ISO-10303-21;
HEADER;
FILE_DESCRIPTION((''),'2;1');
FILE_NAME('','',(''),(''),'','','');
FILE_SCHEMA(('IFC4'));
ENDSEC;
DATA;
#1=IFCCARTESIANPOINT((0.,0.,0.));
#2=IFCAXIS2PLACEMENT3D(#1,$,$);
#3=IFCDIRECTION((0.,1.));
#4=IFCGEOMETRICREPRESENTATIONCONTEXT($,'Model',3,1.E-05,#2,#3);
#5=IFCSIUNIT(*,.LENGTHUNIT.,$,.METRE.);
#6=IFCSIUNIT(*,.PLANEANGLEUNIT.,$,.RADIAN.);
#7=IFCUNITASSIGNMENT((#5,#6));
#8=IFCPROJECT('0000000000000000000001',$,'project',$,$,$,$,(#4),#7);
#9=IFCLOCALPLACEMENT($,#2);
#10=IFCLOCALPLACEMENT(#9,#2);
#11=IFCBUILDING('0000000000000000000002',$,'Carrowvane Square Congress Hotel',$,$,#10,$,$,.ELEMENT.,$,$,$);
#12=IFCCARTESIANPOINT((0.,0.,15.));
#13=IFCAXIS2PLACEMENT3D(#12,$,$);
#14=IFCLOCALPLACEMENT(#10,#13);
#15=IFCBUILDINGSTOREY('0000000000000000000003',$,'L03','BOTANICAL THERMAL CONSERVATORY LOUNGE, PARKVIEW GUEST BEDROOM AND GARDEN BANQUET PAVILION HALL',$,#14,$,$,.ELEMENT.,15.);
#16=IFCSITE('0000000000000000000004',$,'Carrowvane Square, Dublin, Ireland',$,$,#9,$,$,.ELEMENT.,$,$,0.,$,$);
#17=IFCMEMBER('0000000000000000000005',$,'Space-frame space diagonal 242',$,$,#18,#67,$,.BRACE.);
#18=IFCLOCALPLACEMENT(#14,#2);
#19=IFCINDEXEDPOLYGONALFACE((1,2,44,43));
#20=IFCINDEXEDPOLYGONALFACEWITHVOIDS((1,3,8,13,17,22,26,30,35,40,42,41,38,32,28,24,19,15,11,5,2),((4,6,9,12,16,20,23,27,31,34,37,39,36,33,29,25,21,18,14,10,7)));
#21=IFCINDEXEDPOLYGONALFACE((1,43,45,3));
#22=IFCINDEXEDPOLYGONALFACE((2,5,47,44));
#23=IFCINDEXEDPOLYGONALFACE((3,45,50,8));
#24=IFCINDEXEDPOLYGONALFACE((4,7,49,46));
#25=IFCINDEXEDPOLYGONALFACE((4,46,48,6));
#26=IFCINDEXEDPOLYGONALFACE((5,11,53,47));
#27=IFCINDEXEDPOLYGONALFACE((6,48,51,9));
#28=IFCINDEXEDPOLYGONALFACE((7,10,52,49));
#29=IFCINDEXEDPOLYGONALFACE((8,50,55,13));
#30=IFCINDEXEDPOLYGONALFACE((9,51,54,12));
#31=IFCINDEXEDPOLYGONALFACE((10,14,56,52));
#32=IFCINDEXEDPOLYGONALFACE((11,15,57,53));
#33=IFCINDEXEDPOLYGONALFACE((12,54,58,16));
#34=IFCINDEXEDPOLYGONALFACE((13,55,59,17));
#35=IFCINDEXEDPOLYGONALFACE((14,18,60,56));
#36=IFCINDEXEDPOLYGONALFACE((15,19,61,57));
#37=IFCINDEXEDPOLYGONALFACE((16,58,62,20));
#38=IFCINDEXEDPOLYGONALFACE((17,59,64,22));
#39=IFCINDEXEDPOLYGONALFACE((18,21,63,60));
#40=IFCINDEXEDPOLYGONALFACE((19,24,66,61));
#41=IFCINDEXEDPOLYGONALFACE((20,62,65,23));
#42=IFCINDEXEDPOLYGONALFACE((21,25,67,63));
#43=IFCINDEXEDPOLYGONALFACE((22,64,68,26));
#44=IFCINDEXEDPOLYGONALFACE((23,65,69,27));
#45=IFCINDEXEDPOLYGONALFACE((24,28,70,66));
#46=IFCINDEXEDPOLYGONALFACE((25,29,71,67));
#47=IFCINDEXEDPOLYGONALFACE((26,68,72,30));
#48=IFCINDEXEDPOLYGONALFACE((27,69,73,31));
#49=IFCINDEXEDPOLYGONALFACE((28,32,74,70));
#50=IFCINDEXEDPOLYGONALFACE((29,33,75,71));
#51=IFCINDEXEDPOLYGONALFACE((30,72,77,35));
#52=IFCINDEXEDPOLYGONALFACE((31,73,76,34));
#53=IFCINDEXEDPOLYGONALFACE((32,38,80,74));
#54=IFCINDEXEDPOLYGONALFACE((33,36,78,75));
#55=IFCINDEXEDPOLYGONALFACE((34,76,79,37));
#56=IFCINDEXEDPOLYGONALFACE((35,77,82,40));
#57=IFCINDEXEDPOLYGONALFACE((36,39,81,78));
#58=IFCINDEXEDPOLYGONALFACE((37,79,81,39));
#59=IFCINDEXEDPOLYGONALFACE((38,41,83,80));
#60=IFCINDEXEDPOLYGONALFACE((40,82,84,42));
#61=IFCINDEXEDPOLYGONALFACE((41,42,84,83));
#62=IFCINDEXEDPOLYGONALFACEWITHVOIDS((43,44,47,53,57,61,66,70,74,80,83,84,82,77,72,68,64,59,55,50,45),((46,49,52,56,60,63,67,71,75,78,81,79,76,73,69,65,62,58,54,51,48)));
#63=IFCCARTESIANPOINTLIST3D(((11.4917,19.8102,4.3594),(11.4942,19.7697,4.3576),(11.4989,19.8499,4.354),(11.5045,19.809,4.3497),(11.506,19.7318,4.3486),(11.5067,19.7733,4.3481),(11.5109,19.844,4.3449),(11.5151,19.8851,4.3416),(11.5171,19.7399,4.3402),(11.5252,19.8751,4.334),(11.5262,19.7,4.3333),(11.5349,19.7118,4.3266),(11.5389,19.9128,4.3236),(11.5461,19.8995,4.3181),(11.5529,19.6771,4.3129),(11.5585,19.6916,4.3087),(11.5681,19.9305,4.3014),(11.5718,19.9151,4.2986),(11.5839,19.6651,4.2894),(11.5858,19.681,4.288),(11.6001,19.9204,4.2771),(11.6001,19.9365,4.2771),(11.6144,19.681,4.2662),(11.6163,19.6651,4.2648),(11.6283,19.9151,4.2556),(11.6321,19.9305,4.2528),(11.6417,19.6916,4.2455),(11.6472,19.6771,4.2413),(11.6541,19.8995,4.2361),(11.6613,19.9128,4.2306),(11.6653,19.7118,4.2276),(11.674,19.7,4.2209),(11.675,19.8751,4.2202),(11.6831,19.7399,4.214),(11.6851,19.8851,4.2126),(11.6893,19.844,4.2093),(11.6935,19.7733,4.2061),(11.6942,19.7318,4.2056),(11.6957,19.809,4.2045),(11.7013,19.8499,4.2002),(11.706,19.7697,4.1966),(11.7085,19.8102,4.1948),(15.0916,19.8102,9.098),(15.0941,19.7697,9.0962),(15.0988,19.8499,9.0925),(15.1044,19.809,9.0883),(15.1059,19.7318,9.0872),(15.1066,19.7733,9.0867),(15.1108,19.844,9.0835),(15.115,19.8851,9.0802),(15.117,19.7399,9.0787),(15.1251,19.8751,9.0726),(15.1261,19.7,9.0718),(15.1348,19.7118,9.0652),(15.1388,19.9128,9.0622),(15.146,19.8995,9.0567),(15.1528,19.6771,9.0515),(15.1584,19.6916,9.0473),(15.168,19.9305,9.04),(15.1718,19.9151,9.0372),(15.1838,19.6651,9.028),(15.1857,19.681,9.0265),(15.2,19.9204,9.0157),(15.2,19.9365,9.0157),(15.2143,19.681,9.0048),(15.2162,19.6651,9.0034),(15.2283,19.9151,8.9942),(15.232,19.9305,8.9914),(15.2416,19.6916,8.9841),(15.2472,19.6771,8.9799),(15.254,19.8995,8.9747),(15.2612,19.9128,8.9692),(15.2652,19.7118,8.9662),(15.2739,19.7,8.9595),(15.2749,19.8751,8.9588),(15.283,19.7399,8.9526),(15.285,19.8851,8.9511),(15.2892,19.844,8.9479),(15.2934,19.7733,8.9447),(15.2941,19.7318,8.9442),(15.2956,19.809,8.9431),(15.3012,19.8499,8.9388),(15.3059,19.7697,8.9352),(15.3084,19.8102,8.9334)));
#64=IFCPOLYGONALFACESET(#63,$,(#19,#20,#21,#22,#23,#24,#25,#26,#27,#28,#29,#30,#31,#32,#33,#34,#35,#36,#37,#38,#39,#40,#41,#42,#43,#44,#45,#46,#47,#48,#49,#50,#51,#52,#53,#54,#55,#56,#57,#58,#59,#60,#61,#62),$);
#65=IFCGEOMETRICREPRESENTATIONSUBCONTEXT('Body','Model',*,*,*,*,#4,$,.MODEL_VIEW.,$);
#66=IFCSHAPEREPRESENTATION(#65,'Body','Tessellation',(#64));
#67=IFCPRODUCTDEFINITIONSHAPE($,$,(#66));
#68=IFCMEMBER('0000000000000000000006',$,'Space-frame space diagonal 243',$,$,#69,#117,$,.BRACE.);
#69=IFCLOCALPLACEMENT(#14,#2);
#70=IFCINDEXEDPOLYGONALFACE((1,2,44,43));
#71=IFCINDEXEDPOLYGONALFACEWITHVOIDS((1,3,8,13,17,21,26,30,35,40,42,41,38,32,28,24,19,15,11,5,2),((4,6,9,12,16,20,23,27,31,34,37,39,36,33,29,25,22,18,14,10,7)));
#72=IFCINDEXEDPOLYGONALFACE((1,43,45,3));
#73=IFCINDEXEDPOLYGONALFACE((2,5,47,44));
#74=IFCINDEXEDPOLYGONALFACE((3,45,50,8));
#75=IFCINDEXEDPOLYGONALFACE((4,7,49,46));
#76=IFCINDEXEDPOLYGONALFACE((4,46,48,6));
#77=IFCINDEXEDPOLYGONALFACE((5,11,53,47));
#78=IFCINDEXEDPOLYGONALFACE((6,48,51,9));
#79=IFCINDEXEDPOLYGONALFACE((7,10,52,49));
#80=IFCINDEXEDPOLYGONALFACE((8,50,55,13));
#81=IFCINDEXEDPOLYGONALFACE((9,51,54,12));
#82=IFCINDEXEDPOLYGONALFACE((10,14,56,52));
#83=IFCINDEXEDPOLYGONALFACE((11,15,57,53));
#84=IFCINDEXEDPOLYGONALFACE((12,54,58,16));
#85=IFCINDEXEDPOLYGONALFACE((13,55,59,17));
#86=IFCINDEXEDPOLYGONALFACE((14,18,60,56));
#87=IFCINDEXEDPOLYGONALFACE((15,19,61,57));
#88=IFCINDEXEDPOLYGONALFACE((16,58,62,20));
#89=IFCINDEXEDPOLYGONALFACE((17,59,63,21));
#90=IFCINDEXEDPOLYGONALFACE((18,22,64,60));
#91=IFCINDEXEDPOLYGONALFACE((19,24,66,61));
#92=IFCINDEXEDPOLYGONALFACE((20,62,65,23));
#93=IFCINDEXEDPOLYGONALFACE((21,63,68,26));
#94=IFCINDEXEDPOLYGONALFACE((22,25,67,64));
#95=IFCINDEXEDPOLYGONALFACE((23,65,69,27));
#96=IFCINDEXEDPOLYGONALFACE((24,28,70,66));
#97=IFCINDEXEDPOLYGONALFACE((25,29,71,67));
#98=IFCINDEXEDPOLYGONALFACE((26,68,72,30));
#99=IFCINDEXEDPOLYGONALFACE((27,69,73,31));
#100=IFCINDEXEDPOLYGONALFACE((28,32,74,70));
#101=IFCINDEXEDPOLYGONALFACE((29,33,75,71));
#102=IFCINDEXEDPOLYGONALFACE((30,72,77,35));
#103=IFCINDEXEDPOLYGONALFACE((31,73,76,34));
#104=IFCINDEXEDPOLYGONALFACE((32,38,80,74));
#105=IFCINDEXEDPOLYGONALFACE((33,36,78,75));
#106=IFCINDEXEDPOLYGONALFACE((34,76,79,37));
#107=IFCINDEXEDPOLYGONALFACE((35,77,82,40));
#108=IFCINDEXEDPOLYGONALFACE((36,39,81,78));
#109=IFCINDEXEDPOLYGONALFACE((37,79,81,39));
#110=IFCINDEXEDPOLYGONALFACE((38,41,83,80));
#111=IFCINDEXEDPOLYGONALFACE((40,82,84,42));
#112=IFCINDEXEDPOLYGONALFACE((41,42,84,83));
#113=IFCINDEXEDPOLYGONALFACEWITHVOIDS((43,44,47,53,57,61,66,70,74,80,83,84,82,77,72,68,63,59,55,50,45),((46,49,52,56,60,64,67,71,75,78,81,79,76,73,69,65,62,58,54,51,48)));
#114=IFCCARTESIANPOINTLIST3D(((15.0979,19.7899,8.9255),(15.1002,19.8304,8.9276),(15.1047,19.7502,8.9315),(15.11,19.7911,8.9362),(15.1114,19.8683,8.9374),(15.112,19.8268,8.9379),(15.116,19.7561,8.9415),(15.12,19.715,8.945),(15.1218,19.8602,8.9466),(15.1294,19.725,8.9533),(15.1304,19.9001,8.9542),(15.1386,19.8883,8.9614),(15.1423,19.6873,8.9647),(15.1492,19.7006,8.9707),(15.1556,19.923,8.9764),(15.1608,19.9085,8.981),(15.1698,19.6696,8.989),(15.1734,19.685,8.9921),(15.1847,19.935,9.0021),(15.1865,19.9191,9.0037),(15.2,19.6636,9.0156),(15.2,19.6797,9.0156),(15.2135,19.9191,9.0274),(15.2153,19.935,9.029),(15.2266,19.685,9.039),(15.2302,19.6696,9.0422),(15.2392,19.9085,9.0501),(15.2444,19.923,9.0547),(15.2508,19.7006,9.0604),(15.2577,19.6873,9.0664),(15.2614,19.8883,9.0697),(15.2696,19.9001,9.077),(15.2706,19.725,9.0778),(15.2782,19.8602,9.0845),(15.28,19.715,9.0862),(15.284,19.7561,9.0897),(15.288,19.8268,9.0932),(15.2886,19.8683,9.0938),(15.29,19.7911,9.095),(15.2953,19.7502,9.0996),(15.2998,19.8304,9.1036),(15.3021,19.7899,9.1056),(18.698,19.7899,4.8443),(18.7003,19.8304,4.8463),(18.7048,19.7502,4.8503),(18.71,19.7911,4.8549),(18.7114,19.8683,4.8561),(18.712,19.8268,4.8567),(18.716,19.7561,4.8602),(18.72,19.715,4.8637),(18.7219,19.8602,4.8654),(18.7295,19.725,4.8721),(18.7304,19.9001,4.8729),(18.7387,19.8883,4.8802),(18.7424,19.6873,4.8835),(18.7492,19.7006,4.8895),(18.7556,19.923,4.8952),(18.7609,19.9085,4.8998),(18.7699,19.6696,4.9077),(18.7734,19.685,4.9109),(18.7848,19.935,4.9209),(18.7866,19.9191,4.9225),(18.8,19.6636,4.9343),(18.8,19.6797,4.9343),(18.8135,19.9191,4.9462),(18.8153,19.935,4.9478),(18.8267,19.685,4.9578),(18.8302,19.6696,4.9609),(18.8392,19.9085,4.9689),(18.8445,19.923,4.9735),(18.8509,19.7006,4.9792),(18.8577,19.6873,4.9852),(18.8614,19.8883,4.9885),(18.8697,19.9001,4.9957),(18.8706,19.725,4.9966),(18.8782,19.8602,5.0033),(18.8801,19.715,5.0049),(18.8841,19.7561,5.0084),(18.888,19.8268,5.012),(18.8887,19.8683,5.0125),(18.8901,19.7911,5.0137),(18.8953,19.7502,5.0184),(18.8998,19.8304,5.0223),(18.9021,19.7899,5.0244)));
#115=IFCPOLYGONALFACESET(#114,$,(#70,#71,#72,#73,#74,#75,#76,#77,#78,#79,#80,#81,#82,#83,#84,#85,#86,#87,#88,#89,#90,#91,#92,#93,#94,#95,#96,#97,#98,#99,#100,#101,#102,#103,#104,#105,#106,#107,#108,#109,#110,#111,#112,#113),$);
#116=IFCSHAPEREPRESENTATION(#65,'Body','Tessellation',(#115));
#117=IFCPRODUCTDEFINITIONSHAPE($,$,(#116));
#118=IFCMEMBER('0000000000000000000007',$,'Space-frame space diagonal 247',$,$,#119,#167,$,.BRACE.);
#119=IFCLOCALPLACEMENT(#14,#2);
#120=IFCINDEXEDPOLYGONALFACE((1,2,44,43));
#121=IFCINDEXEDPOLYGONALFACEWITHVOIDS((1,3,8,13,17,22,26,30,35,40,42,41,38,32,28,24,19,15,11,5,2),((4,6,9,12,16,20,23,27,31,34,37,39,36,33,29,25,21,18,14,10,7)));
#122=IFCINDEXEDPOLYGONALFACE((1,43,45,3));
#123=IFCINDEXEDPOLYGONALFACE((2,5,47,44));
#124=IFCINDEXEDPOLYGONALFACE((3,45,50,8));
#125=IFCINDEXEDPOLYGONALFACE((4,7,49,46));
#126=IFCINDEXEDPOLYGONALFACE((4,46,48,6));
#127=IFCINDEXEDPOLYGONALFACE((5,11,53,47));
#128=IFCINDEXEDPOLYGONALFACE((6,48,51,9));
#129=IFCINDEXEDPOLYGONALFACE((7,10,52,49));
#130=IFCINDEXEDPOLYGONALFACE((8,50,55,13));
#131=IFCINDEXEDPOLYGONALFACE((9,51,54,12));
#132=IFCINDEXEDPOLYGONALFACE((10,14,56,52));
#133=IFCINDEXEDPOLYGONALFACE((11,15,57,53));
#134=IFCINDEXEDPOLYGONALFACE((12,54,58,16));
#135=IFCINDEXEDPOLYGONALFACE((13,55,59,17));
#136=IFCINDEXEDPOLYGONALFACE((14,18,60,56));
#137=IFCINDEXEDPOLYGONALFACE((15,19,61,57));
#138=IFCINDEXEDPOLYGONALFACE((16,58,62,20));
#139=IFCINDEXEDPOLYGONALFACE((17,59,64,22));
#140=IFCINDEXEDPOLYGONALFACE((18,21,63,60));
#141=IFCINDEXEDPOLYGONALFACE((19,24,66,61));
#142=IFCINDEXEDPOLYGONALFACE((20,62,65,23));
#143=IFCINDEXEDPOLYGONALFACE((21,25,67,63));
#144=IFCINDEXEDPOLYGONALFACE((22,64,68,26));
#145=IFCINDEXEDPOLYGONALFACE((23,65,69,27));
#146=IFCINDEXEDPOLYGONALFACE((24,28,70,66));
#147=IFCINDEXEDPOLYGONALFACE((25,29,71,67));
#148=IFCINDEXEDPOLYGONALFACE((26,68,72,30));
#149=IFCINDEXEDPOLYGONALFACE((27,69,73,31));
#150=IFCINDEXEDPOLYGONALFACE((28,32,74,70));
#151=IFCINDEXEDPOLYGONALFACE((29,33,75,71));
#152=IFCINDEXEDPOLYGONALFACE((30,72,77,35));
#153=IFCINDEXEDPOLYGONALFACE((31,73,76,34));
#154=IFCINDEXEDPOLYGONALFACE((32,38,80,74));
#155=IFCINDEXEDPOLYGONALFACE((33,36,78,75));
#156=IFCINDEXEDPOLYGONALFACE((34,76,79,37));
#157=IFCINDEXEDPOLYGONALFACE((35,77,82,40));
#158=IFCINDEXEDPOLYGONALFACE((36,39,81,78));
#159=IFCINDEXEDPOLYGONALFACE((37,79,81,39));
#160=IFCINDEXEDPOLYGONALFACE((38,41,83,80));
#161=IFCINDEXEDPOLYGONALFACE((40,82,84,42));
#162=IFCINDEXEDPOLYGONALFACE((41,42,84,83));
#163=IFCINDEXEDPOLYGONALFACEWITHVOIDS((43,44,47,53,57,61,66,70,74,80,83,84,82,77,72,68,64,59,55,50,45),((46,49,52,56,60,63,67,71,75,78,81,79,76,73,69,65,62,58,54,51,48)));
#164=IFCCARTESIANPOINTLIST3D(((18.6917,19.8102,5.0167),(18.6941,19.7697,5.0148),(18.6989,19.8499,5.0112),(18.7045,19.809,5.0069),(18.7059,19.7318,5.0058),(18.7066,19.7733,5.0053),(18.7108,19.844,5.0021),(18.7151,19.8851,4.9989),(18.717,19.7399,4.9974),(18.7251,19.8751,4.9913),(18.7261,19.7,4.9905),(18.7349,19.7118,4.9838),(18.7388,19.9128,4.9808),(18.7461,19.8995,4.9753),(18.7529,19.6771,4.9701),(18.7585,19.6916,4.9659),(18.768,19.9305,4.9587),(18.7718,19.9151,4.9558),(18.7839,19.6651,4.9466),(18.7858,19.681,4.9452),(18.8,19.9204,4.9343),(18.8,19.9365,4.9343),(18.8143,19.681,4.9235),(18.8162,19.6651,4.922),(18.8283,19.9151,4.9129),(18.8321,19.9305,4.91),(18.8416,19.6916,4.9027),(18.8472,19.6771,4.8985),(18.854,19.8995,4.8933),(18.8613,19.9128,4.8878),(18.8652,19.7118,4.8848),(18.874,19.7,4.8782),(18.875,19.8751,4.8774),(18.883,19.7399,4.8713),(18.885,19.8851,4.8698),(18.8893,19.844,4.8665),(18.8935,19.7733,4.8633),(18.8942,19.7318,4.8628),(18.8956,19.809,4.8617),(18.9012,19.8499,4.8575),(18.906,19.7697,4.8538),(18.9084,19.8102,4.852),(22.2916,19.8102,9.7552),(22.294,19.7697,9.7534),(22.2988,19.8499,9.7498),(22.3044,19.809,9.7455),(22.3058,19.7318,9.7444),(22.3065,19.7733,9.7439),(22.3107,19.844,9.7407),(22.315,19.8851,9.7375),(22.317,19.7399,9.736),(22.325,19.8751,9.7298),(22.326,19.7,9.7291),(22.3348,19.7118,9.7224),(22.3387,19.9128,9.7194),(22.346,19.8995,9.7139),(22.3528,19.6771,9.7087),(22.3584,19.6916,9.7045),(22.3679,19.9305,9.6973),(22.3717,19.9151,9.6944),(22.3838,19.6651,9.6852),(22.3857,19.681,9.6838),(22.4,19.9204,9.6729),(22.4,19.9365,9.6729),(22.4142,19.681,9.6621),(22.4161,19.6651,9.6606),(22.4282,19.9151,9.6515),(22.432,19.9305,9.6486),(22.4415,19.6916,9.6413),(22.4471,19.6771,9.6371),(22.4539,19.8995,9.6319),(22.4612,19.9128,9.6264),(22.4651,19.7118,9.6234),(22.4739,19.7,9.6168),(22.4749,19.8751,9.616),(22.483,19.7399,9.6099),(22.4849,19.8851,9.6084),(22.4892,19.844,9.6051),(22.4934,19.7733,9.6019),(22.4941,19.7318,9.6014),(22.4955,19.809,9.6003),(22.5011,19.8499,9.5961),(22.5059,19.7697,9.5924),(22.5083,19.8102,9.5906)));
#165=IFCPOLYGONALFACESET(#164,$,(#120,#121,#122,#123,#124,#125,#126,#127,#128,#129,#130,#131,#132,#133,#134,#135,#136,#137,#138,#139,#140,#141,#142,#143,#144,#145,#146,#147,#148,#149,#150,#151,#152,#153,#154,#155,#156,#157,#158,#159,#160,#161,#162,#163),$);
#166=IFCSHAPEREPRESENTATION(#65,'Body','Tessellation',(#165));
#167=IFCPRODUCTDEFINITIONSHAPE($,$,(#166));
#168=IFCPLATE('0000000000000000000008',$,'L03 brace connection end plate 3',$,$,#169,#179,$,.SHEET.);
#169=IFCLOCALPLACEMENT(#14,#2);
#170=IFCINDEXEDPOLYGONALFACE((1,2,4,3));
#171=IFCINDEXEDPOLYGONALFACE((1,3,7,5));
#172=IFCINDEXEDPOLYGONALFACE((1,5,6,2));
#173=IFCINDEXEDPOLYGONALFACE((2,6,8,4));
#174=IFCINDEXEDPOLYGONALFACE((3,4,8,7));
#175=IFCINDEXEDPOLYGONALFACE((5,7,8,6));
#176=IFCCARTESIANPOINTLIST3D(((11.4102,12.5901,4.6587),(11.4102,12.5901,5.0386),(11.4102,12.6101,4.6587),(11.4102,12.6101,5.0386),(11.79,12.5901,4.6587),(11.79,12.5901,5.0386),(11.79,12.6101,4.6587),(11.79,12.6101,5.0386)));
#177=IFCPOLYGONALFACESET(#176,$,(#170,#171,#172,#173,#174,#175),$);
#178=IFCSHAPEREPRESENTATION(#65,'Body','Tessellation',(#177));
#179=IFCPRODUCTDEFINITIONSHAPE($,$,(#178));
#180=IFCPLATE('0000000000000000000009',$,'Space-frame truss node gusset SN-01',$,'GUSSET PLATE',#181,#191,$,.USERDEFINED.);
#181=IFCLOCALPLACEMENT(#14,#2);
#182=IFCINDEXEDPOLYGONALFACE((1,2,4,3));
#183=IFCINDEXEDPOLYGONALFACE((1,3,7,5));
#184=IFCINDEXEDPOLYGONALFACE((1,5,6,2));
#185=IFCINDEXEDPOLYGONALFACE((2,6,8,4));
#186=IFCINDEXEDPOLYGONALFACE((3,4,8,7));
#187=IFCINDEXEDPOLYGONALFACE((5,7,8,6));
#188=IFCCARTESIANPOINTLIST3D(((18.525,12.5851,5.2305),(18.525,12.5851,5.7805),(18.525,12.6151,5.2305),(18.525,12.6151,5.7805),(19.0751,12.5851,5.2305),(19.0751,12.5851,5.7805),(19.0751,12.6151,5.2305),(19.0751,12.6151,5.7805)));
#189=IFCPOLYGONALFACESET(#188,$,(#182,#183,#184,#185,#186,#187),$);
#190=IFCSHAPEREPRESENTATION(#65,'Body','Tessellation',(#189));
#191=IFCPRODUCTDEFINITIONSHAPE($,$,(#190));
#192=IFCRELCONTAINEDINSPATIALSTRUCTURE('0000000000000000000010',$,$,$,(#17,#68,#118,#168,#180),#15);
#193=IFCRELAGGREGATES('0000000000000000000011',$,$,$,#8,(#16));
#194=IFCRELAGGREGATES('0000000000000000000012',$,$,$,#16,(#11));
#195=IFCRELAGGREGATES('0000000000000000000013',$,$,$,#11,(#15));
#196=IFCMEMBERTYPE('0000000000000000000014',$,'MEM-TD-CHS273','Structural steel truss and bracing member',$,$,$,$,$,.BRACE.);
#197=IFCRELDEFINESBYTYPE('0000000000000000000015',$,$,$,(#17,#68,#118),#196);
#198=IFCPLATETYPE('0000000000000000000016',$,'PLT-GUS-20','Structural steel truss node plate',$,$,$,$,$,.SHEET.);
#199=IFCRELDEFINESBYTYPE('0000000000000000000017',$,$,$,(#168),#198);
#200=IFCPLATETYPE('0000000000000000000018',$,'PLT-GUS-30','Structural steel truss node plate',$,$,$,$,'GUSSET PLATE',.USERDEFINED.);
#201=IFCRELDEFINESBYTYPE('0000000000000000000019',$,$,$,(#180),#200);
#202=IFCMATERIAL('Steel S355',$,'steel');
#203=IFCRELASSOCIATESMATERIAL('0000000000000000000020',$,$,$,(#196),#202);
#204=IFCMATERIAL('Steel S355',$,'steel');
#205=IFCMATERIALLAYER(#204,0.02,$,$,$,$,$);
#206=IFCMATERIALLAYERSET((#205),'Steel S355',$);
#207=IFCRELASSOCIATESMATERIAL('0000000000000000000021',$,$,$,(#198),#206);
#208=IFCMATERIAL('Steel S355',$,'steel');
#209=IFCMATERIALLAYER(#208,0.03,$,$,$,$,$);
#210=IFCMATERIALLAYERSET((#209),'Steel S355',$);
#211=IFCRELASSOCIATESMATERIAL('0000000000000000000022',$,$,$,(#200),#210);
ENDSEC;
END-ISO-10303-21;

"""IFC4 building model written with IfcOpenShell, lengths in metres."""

from ifc_helpers import new_model, si_unit, direction, frame, origin, origin_2d, place, context, subcontext, project, spatial, rectangle, hollow_circle, extrude, material, layer, layer_set, material_profile, profile_set, type_object, element, save


model = new_model("IFC4")

# Units and contexts
model_context = context("Model", 3, precision=1e-05, world=origin(), true_north=direction((0.0, 1.0)))
body_context = subcontext(model_context, "Body", "Model", "MODEL_VIEW")
ifc_project = project(units=[si_unit("LENGTHUNIT", "METRE"), si_unit("PLANEANGLEUNIT", "RADIAN")], contexts=[model_context])

# Site, building, storey
site_placement = place(None, origin())
site = spatial("IfcSite", under=ifc_project, at=site_placement, Name="Carrowvane Square, Dublin, Ireland", CompositionType="ELEMENT", RefElevation=0.0)
building_placement = place(site_placement, origin())
building = spatial("IfcBuilding", under=site, at=building_placement, Name="Carrowvane Square Congress Hotel", CompositionType="ELEMENT")
storey_placement = place(building_placement, frame((0.0, 0.0, 15.0)))
storey = spatial("IfcBuildingStorey", under=building, at=storey_placement, Name="L03", Description="BOTANICAL THERMAL CONSERVATORY LOUNGE, PARKVIEW GUEST BEDROOM AND GARDEN BANQUET PAVILION HALL", CompositionType="ELEMENT", Elevation=15.0)

# Members
ifc_material_1 = material(Name="Steel S355", Category="steel")
ifc_material_profile_1 = material_profile(ifc_material_1, hollow_circle(Radius=0.1365, WallThickness=0.0161, at=origin_2d()), Name="CHS 273.0x16")
ifc_profile_set_1 = profile_set([ifc_material_profile_1], Name="Steel S355")
member_type_1 = type_object("IfcMemberType", Name="MEM-TD-CHS273", Description="Structural steel truss and bracing member", PredefinedType="BRACE", material=ifc_profile_set_1)
for number, where, z_axis, x_axis, name in (
    (1, (11.6001, 19.8, 4.2771), (0.604931, 0.0, 0.796278), (0.0, 1.0, 0.0), "Space-frame space diagonal 242"),
):
    element("IfcMember", number, at=place(storey_placement, frame(where, z_axis=z_axis, x_axis=x_axis)), inside=storey, type_object=member_type_1, Name=name, PredefinedType="BRACE", context=body_context, shape_type="SweptSolid", body=[
        extrude(hollow_circle(Radius=0.1365, WallThickness=0.0161, at=origin_2d()), origin(), (0.0, 0.0, 1.0), 5.9509),
    ])
member_1_placement = place(storey_placement, frame((18.8, 19.8, 4.9343), z_axis=(-0.661513, 0.0, 0.749933), x_axis=(0.0, -1.0, 0.0)))
element("IfcMember", 2, at=member_1_placement, inside=storey, type_object=member_type_1, Name="Space-frame space diagonal 243", PredefinedType="BRACE", context=body_context, shape_type="SweptSolid", body=[
    extrude(hollow_circle(Radius=0.1365, WallThickness=0.0161, at=origin_2d()), origin(), (0.0, 0.0, 1.0), 5.4421),
])
member_2_placement = place(storey_placement, frame((18.8, 19.8, 4.9343), z_axis=(0.604931, 0.0, 0.796278), x_axis=(0.0, 1.0, 0.0)))
element("IfcMember", 3, at=member_2_placement, inside=storey, type_object=member_type_1, Name="Space-frame space diagonal 247", PredefinedType="BRACE", context=body_context, shape_type="SweptSolid", body=[
    extrude(hollow_circle(Radius=0.1365, WallThickness=0.0161, at=origin_2d()), origin(), (0.0, 0.0, 1.0), 5.9509),
])

# Plates
ifc_material_2 = material(Name="Steel S355", Category="steel")
ifc_layer_1 = layer(ifc_material_2, 0.02)
ifc_layer_set_1 = layer_set([ifc_layer_1], Name="Steel S355")
plate_type_1 = type_object("IfcPlateType", Name="PLT-GUS-20", Description="Structural steel truss node plate", PredefinedType="SHEET", material=ifc_layer_set_1)
plate_1_placement = place(storey_placement, frame((11.6001, 12.6001, 4.6587), z_axis=(0.0, 0.0, 1.0), x_axis=(1.0, 0.0, 0.0)))
element("IfcPlate", 4, at=plate_1_placement, inside=storey, type_object=plate_type_1, Name="L03 brace connection end plate 3", PredefinedType="SHEET", context=body_context, shape_type="SweptSolid", body=[
    extrude(rectangle(XDim=0.3799, YDim=0.02, at=origin_2d()), origin(), (0.0, 0.0, 1.0), 0.3799),
])
ifc_material_3 = material(Name="Steel S355", Category="steel")
ifc_layer_2 = layer(ifc_material_3, 0.03)
ifc_layer_set_2 = layer_set([ifc_layer_2], Name="Steel S355")
plate_type_2 = type_object("IfcPlateType", Name="PLT-GUS-30", Description="Structural steel truss node plate", ElementType="GUSSET PLATE", PredefinedType="USERDEFINED", material=ifc_layer_set_2)
plate_2_placement = place(storey_placement, frame((18.8, 12.6001, 5.2305), z_axis=(0.0, 0.0, 1.0), x_axis=(1.0, 0.0, 0.0)))
element("IfcPlate", 5, at=plate_2_placement, inside=storey, type_object=plate_type_2, Name="Space-frame truss node gusset SN-01", ObjectType="GUSSET PLATE", PredefinedType="USERDEFINED", context=body_context, shape_type="SweptSolid", body=[
    extrude(rectangle(XDim=0.55, YDim=0.03, at=origin_2d()), origin(), (0.0, 0.0, 1.0), 0.55),
])

save(model, "model.ifc")
